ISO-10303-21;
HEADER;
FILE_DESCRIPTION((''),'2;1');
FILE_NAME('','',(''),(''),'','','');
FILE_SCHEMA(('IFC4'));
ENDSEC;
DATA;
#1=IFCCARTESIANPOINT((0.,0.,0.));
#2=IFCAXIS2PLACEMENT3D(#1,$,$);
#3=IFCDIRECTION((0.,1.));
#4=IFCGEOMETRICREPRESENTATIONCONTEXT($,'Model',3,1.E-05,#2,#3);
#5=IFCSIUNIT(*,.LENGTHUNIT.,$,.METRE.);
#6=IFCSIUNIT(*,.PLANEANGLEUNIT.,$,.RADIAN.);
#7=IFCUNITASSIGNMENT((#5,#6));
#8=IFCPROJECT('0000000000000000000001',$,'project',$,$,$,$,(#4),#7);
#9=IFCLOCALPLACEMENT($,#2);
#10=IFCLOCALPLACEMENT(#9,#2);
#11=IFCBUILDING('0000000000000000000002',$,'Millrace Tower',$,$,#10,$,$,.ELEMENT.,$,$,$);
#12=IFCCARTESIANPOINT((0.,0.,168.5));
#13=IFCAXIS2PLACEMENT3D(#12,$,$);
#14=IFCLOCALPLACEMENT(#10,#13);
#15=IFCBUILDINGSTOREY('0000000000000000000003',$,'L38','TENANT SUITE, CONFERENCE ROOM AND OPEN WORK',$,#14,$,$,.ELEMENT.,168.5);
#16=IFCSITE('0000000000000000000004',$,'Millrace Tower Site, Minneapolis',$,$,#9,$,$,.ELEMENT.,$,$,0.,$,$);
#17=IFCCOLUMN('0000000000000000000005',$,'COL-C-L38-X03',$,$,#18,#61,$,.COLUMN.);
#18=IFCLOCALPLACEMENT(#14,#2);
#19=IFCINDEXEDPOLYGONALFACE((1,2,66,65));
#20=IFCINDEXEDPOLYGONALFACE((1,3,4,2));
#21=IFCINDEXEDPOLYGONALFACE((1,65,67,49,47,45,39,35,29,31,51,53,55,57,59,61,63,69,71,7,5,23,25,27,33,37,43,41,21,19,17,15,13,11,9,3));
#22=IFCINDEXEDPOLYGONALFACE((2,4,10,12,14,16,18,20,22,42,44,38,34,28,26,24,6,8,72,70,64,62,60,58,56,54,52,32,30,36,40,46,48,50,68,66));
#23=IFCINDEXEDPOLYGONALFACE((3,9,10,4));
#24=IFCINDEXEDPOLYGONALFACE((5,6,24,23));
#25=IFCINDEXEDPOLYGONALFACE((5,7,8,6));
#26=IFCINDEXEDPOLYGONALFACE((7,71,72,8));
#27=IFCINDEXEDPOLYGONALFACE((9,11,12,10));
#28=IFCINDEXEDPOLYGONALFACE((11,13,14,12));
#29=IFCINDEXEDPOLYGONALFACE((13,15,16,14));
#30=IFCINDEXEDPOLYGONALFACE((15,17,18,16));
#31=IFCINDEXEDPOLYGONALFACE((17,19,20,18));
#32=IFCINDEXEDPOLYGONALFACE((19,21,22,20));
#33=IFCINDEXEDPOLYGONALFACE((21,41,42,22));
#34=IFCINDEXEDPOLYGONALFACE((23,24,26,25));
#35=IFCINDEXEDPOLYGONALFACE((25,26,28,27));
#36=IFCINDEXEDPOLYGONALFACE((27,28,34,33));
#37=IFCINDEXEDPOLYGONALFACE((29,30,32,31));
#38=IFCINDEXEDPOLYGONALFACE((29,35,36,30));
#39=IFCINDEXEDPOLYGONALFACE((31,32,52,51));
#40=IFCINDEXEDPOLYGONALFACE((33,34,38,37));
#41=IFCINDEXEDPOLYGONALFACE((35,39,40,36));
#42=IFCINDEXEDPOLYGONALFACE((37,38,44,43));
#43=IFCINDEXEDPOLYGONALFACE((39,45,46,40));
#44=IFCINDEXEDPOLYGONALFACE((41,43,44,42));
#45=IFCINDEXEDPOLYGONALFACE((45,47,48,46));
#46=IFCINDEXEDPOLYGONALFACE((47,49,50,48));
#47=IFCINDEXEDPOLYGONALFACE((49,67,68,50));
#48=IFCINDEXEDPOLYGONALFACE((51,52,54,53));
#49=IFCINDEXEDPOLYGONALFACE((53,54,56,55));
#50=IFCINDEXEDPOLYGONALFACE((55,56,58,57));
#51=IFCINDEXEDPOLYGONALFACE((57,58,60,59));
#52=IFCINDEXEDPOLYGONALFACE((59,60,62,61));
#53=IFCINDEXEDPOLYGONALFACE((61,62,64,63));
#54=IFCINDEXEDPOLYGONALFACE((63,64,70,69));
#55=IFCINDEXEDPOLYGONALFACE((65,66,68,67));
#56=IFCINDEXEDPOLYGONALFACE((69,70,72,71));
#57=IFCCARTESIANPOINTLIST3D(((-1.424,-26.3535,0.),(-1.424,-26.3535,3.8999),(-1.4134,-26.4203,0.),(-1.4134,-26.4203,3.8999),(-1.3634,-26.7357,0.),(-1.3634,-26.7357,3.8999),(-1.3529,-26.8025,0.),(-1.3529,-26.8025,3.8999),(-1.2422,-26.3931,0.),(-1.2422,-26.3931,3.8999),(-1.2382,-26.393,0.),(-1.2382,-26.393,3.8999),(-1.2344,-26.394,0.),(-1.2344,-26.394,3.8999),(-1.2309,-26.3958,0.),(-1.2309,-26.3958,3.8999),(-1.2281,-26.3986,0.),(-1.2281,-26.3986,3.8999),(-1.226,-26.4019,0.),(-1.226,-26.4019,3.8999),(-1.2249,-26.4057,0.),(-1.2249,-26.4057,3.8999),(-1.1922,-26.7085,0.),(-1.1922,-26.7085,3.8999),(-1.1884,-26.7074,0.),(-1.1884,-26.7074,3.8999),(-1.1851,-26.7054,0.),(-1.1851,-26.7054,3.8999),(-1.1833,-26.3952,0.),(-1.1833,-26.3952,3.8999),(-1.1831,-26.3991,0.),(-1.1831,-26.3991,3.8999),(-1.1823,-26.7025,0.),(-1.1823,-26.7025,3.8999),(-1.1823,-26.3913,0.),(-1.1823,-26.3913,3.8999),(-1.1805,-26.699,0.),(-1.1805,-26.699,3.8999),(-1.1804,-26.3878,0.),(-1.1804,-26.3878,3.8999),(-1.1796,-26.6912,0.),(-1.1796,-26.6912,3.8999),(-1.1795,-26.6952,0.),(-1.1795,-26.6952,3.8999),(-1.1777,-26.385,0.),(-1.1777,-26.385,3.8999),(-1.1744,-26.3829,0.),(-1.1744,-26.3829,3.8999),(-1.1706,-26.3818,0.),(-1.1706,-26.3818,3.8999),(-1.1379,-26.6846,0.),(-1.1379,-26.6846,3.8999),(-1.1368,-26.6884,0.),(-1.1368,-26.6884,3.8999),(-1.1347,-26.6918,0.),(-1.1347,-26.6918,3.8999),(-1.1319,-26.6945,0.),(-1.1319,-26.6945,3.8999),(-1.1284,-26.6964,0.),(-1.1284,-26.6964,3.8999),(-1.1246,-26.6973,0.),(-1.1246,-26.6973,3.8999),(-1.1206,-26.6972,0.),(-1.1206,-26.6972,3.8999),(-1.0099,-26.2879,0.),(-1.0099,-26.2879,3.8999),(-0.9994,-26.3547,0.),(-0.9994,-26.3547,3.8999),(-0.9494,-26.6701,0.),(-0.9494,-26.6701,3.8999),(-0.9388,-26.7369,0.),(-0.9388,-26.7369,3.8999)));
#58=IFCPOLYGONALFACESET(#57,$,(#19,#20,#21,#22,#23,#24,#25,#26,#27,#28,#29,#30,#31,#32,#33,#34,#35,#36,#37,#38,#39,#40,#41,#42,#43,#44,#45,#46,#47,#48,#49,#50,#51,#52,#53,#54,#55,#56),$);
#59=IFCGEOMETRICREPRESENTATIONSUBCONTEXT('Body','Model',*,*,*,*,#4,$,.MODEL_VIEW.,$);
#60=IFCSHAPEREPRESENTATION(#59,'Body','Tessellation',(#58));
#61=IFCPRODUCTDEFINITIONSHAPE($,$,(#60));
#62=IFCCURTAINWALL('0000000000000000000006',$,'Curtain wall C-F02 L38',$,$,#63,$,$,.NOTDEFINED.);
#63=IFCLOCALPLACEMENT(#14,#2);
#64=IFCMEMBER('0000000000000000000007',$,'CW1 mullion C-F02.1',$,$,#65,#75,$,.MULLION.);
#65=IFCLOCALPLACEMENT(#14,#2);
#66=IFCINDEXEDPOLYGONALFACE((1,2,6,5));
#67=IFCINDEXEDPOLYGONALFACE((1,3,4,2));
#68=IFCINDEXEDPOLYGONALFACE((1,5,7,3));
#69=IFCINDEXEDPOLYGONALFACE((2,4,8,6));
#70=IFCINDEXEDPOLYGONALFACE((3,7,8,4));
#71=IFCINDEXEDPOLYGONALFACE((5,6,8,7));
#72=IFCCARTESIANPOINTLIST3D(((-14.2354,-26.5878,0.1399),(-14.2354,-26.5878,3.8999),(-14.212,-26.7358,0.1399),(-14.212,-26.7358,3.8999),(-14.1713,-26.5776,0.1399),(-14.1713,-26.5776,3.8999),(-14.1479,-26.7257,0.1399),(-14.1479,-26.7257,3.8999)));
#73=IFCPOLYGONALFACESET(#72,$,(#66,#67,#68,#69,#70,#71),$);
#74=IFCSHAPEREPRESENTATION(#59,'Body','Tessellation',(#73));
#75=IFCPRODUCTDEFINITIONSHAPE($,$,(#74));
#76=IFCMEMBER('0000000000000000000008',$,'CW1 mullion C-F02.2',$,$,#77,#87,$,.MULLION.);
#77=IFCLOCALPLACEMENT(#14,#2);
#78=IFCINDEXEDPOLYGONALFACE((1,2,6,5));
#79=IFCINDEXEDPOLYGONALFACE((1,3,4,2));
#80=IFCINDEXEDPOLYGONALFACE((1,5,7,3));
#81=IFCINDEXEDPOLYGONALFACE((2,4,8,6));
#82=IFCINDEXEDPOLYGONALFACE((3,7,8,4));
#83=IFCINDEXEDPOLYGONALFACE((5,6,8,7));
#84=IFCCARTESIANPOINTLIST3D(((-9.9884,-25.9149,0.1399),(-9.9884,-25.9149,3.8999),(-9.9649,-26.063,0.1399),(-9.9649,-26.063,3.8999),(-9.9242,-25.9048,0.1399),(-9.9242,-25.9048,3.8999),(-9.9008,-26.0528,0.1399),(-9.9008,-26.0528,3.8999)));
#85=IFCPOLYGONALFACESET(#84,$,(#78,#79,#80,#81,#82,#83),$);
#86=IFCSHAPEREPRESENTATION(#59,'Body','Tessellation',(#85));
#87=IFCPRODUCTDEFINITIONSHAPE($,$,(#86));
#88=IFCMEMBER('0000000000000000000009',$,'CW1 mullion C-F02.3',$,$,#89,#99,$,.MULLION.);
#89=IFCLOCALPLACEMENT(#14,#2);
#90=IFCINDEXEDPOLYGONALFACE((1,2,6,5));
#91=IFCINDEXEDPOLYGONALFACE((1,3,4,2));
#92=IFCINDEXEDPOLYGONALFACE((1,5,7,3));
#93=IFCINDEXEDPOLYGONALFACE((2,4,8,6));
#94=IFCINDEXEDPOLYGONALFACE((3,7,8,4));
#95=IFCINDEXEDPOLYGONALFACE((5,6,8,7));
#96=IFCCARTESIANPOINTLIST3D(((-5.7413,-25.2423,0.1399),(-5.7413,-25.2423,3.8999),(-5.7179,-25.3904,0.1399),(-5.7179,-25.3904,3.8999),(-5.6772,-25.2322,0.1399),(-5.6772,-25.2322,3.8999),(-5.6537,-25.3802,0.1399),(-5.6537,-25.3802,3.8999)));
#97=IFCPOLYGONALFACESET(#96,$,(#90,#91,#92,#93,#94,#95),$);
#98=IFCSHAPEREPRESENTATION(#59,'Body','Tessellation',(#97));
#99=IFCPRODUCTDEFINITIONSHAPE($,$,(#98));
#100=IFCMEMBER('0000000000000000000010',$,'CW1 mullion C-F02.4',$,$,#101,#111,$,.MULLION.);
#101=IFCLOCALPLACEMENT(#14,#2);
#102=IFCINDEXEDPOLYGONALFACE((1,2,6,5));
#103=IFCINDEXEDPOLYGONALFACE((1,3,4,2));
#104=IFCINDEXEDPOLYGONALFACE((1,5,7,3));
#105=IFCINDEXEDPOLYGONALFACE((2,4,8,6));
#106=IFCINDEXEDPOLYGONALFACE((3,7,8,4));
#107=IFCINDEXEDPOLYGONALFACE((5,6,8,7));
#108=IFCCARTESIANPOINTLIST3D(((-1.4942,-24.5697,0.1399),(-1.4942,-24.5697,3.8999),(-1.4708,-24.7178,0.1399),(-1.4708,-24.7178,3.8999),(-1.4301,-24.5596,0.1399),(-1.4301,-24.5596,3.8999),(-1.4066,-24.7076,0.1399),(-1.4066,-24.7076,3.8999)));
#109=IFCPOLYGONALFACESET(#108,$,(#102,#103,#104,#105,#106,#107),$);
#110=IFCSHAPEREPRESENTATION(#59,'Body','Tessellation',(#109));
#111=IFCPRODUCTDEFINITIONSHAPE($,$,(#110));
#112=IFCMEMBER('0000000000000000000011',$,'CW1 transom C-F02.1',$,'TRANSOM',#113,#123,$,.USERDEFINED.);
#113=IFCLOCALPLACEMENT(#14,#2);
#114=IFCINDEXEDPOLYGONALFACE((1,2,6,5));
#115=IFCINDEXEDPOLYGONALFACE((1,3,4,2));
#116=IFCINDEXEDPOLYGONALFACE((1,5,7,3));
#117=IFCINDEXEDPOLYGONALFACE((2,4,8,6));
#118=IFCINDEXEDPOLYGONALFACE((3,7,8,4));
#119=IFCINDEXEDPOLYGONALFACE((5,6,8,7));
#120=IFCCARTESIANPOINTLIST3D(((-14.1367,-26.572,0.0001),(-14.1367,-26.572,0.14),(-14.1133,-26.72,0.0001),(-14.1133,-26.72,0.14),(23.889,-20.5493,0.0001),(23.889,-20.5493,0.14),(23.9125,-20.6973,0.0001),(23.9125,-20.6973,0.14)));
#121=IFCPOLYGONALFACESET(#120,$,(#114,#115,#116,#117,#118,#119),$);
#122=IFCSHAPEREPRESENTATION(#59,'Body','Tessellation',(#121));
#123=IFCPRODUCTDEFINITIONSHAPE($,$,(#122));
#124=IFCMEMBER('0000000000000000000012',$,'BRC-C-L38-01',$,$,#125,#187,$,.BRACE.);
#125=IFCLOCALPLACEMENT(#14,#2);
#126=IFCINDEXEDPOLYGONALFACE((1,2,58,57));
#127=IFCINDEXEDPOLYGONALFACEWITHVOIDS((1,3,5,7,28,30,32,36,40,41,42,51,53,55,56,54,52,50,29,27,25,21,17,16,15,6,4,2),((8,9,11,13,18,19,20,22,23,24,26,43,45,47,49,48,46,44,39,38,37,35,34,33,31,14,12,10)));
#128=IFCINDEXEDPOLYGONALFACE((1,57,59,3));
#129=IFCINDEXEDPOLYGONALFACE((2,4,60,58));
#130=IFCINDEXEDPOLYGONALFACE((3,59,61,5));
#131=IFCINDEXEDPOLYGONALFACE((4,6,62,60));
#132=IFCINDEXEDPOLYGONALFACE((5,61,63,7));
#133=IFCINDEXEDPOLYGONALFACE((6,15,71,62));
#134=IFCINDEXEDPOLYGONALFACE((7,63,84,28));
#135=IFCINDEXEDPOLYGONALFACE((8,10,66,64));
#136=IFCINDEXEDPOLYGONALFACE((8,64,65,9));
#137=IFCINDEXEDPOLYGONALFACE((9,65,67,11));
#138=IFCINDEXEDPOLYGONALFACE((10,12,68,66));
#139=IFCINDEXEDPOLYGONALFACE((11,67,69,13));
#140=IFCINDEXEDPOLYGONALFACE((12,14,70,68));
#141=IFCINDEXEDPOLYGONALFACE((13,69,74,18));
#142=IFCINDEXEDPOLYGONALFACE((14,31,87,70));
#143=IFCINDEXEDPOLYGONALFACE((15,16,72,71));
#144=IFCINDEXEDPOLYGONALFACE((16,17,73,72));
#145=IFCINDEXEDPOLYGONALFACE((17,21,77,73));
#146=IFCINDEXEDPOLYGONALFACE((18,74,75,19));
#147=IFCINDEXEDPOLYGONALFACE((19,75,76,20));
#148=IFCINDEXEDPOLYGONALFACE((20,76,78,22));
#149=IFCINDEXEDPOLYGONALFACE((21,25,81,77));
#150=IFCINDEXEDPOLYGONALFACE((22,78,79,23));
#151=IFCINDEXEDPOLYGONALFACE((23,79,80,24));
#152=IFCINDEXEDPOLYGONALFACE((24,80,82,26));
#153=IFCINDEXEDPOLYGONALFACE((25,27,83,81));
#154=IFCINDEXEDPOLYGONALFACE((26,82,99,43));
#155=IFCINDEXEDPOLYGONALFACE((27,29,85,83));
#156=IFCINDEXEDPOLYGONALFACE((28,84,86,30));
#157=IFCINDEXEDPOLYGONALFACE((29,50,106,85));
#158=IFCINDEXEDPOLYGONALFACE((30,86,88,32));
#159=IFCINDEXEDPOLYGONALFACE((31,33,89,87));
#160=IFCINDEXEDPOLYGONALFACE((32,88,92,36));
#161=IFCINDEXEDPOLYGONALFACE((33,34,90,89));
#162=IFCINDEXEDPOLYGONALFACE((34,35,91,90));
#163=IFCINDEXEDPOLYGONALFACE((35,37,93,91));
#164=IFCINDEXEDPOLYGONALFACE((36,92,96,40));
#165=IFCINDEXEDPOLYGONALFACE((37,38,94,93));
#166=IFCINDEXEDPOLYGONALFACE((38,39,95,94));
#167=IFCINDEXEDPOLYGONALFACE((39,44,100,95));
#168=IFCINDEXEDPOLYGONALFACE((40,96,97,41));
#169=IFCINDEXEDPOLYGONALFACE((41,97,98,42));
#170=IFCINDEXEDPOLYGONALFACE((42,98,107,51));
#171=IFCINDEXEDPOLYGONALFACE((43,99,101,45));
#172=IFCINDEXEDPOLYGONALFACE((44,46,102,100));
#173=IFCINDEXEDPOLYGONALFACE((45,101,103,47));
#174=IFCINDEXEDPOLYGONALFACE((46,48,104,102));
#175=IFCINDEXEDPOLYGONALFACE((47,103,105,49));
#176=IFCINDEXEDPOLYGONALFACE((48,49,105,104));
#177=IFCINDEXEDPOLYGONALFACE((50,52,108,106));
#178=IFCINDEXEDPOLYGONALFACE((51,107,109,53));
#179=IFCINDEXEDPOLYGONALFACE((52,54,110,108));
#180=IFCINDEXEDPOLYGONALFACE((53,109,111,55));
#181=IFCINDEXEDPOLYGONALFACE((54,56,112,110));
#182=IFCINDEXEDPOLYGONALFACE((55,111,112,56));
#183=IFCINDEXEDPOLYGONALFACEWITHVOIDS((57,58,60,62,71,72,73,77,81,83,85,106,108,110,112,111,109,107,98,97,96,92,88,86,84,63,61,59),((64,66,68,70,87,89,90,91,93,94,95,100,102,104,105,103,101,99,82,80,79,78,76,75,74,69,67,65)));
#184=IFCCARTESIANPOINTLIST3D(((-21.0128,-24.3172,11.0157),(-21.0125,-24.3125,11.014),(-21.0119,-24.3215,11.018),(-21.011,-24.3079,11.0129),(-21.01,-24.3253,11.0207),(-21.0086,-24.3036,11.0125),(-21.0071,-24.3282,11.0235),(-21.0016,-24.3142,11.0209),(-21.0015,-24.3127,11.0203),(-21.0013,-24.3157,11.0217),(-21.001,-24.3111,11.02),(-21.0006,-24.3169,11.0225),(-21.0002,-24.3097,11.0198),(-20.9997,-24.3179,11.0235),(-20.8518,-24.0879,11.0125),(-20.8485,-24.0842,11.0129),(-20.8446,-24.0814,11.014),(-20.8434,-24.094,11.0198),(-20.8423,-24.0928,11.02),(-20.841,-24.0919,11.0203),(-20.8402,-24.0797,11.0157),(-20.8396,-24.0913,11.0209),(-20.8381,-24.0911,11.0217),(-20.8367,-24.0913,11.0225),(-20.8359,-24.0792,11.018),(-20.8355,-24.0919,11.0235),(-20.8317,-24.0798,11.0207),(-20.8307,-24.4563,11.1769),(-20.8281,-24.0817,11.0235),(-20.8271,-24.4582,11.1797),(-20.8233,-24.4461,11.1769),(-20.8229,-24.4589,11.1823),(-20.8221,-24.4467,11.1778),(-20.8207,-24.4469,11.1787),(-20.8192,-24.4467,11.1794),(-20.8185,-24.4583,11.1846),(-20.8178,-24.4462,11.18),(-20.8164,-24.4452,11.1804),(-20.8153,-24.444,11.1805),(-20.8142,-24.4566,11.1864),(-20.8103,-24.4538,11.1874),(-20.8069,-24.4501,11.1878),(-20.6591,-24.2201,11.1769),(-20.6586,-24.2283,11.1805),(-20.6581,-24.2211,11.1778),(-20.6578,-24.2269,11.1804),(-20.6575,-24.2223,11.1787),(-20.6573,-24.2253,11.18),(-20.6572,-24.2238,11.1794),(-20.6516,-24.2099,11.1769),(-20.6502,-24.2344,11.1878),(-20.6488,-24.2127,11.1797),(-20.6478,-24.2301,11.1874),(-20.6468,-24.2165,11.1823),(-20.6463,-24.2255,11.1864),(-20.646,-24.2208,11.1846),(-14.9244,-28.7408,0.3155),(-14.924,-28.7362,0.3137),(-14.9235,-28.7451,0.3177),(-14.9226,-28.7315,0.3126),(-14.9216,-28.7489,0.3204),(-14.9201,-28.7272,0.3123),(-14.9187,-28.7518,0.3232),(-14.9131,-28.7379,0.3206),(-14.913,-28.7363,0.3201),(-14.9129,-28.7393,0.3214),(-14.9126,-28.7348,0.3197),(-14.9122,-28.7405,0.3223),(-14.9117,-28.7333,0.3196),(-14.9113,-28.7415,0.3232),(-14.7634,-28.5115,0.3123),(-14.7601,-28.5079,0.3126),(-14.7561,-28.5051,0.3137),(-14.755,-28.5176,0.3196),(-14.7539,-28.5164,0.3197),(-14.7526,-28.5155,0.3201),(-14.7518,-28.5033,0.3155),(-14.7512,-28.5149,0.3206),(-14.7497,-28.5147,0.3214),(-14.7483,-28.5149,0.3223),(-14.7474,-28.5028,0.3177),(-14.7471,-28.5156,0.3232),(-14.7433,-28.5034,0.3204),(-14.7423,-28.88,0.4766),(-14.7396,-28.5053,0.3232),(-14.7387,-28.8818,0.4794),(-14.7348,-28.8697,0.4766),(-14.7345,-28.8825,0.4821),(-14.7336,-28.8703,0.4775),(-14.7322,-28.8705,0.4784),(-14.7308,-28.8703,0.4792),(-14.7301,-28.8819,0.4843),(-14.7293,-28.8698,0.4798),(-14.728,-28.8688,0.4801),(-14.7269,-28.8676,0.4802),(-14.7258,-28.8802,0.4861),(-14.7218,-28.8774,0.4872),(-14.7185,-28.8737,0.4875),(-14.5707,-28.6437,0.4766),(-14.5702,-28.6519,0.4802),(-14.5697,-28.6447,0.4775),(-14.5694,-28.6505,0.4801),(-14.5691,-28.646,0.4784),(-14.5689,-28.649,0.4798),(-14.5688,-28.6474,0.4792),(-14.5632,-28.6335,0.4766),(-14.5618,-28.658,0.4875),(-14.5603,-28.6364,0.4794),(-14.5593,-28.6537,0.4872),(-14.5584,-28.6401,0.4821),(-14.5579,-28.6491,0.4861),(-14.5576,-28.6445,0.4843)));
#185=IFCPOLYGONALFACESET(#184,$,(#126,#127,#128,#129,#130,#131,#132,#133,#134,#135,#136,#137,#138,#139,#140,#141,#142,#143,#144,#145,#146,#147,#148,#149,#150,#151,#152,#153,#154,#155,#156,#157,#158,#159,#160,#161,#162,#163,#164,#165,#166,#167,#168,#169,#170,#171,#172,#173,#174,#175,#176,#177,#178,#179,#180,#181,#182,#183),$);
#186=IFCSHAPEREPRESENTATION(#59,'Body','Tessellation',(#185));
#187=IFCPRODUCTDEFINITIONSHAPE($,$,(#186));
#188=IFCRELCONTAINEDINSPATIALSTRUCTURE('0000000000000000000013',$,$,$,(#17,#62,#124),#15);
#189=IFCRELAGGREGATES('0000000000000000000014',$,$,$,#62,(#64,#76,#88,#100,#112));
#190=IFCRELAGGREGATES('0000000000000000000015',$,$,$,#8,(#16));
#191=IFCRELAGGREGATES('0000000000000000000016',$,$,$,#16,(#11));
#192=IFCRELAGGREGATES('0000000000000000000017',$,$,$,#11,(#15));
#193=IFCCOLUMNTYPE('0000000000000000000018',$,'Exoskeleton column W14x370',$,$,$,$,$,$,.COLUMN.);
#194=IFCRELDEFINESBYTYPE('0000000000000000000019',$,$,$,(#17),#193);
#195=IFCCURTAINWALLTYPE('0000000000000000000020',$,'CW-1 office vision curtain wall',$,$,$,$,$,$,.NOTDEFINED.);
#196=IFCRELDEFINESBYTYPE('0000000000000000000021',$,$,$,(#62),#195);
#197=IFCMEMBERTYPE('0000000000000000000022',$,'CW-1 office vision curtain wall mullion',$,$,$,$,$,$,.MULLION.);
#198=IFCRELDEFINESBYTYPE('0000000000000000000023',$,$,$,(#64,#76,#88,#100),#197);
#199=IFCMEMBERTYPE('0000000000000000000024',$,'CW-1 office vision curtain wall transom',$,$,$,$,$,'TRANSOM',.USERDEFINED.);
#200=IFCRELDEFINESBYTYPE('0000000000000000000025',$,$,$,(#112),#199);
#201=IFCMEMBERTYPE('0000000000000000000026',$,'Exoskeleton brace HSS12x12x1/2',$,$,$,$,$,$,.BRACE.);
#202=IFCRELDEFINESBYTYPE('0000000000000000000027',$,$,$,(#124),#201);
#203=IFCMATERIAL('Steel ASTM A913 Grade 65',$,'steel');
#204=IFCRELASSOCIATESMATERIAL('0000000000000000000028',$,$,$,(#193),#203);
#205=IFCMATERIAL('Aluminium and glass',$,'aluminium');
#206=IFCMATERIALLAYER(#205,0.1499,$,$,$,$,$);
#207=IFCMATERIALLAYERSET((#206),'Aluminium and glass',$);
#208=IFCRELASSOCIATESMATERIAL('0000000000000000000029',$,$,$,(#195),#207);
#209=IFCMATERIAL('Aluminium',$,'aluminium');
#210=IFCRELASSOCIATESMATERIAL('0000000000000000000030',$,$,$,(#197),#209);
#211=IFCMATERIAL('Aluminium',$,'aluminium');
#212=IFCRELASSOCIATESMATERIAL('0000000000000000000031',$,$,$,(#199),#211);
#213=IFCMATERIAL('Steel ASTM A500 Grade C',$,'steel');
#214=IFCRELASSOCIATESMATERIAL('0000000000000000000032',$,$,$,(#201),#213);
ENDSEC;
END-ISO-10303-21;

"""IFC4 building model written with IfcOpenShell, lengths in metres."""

from ifc_helpers import new_model, si_unit, direction, frame, origin, origin_2d, place, context, subcontext, project, spatial, rectangle, hollow_rectangle, i_section, extrude, material, layer, layer_set, material_profile, profile_set, type_object, element, aggregate, save


model = new_model("IFC4")

# Units and contexts
model_context = context("Model", 3, precision=1e-05, world=origin(), true_north=direction((0.0, 1.0)))
body_context = subcontext(model_context, "Body", "Model", "MODEL_VIEW")
ifc_project = project(units=[si_unit("LENGTHUNIT", "METRE"), si_unit("PLANEANGLEUNIT", "RADIAN")], contexts=[model_context])

# Site, building, storey
site_placement = place(None, origin())
site = spatial("IfcSite", under=ifc_project, at=site_placement, Name="Millrace Tower Site, Minneapolis", CompositionType="ELEMENT", RefElevation=0.0)
building_placement = place(site_placement, origin())
building = spatial("IfcBuilding", under=site, at=building_placement, Name="Millrace Tower", CompositionType="ELEMENT")
storey_placement = place(building_placement, frame((0.0, 0.0, 168.5)))
storey = spatial("IfcBuildingStorey", under=building, at=storey_placement, Name="L38", Description="TENANT SUITE, CONFERENCE ROOM AND OPEN WORK", CompositionType="ELEMENT", Elevation=168.5)

# Column
ifc_material_1 = material(Name="Steel ASTM A913 Grade 65", Category="steel")
ifc_material_profile_1 = material_profile(ifc_material_1, i_section(OverallWidth=0.4192, OverallDepth=0.4546, WebThickness=0.0422, FlangeThickness=0.0676, FilletRadius=0.0151, at=origin_2d()))
ifc_profile_set_1 = profile_set([ifc_material_profile_1], Name="Steel ASTM A913 Grade 65")
column_type = type_object("IfcColumnType", Name="Exoskeleton column W14x370", PredefinedType="COLUMN", material=ifc_profile_set_1)
column_placement = place(storey_placement, frame((-1.1814, -26.5452, 0.0), z_axis=(0.0, 0.0, 1.0), x_axis=(0.987688, 0.156434, 0.0)))
element("IfcColumn", 1, at=column_placement, inside=storey, type_object=column_type, Name="COL-C-L38-X03", PredefinedType="COLUMN", context=body_context, shape_type="SweptSolid", body=[
    extrude(i_section(OverallWidth=0.4192, OverallDepth=0.4546, WebThickness=0.0422, FlangeThickness=0.0676, FilletRadius=0.0151, at=origin_2d()), origin(), (0.0, 0.0, 1.0), 3.8999),
])

# Curtain wall, members
ifc_material_2 = material(Name="Aluminium and glass", Category="aluminium")
ifc_layer_1 = layer(ifc_material_2, 0.1499)
ifc_layer_set_1 = layer_set([ifc_layer_1], Name="Aluminium and glass")
curtain_wall_type = type_object("IfcCurtainWallType", Name="CW-1 office vision curtain wall", PredefinedType="NOTDEFINED", material=ifc_layer_set_1)
curtain_wall_placement = place(storey_placement, origin())
curtain_wall = element("IfcCurtainWall", 2, at=curtain_wall_placement, inside=storey, type_object=curtain_wall_type, Name="Curtain wall C-F02 L38", PredefinedType="NOTDEFINED")
ifc_material_3 = material(Name="Aluminium", Category="aluminium")
ifc_material_profile_2 = material_profile(ifc_material_3, rectangle(XDim=0.0649, YDim=0.1499, at=origin_2d()))
ifc_profile_set_2 = profile_set([ifc_material_profile_2], Name="Aluminium")
member_type_1 = type_object("IfcMemberType", Name="CW-1 office vision curtain wall mullion", PredefinedType="MULLION", material=ifc_profile_set_2)
member_1_placement = place(storey_placement, frame((-14.1917, -26.6567, 0.1399), z_axis=(0.0, 0.0, 1.0), x_axis=(0.987688, 0.156434, 0.0)))
member_1 = element("IfcMember", 3, at=member_1_placement, type_object=member_type_1, Name="CW1 mullion C-F02.1", PredefinedType="MULLION", context=body_context, shape_type="SweptSolid", body=[
    extrude(rectangle(XDim=0.0649, YDim=0.1499, at=origin_2d()), origin(), (0.0, 0.0, 1.0), 3.76),
])
member_2_placement = place(storey_placement, frame((-9.9446, -25.9839, 0.1399), z_axis=(0.0, 0.0, 1.0), x_axis=(0.987688, 0.156434, 0.0)))
member_2 = element("IfcMember", 4, at=member_2_placement, type_object=member_type_1, Name="CW1 mullion C-F02.2", PredefinedType="MULLION", context=body_context, shape_type="SweptSolid", body=[
    extrude(rectangle(XDim=0.0649, YDim=0.1499, at=origin_2d()), origin(), (0.0, 0.0, 1.0), 3.76),
])
member_3_placement = place(storey_placement, frame((-5.6975, -25.3113, 0.1399), z_axis=(0.0, 0.0, 1.0), x_axis=(0.987688, 0.156434, 0.0)))
member_3 = element("IfcMember", 5, at=member_3_placement, type_object=member_type_1, Name="CW1 mullion C-F02.3", PredefinedType="MULLION", context=body_context, shape_type="SweptSolid", body=[
    extrude(rectangle(XDim=0.0649, YDim=0.1499, at=origin_2d()), origin(), (0.0, 0.0, 1.0), 3.76),
])
member_4_placement = place(storey_placement, frame((-1.4504, -24.6387, 0.1399), z_axis=(0.0, 0.0, 1.0), x_axis=(0.987688, 0.156434, 0.0)))
member_4 = element("IfcMember", 6, at=member_4_placement, type_object=member_type_1, Name="CW1 mullion C-F02.4", PredefinedType="MULLION", context=body_context, shape_type="SweptSolid", body=[
    extrude(rectangle(XDim=0.0649, YDim=0.1499, at=origin_2d()), origin(), (0.0, 0.0, 1.0), 3.76),
])
ifc_material_4 = material(Name="Aluminium", Category="aluminium")
ifc_material_profile_3 = material_profile(ifc_material_4, rectangle(XDim=0.1499, YDim=0.1399, at=origin_2d()))
ifc_profile_set_3 = profile_set([ifc_material_profile_3], Name="Aluminium")
member_type_2 = type_object("IfcMemberType", Name="CW-1 office vision curtain wall transom", ElementType="TRANSOM", PredefinedType="USERDEFINED", material=ifc_profile_set_3)
member_5_placement = place(storey_placement, frame((-14.125, -26.646, 0.0701), z_axis=(0.987688, 0.156434, 0.0), x_axis=(-0.156434, 0.987688, 0.0)))
member_5 = element("IfcMember", 7, at=member_5_placement, type_object=member_type_2, Name="CW1 transom C-F02.1", ObjectType="TRANSOM", PredefinedType="USERDEFINED", context=body_context, shape_type="SweptSolid", body=[
    extrude(rectangle(XDim=0.1499, YDim=0.1399, at=origin_2d()), origin(), (0.0, 0.0, 1.0), 38.4998),
])
aggregate(curtain_wall, [member_1, member_2, member_3, member_4, member_5])

# Member
ifc_material_5 = material(Name="Steel ASTM A500 Grade C", Category="steel")
ifc_material_profile_4 = material_profile(ifc_material_5, hollow_rectangle(XDim=0.3047, YDim=0.3047, WallThickness=0.0127, InnerFilletRadius=0.0063, OuterFilletRadius=0.019, at=origin_2d()))
ifc_profile_set_4 = profile_set([ifc_material_profile_4], Name="Steel ASTM A500 Grade C")
member_type_3 = type_object("IfcMemberType", Name="Exoskeleton brace HSS12x12x1/2", PredefinedType="BRACE", material=ifc_profile_set_4)
member_6_placement = place(storey_placement, frame((-14.741, -28.6926, 0.3999), z_axis=(-0.465412, 0.338151, 0.817952), x_axis=(-0.587795, -0.80901, 0.0)))
element("IfcMember", 8, at=member_6_placement, inside=storey, type_object=member_type_3, Name="BRC-C-L38-01", PredefinedType="BRACE", context=body_context, shape_type="SweptSolid", body=[
    extrude(hollow_rectangle(XDim=0.3047, YDim=0.3047, WallThickness=0.0127, InnerFilletRadius=0.0063, OuterFilletRadius=0.019, at=origin_2d()), origin(), (0.0, 0.0, 1.0), 13.0818),
])

save(model, "model.ifc")
